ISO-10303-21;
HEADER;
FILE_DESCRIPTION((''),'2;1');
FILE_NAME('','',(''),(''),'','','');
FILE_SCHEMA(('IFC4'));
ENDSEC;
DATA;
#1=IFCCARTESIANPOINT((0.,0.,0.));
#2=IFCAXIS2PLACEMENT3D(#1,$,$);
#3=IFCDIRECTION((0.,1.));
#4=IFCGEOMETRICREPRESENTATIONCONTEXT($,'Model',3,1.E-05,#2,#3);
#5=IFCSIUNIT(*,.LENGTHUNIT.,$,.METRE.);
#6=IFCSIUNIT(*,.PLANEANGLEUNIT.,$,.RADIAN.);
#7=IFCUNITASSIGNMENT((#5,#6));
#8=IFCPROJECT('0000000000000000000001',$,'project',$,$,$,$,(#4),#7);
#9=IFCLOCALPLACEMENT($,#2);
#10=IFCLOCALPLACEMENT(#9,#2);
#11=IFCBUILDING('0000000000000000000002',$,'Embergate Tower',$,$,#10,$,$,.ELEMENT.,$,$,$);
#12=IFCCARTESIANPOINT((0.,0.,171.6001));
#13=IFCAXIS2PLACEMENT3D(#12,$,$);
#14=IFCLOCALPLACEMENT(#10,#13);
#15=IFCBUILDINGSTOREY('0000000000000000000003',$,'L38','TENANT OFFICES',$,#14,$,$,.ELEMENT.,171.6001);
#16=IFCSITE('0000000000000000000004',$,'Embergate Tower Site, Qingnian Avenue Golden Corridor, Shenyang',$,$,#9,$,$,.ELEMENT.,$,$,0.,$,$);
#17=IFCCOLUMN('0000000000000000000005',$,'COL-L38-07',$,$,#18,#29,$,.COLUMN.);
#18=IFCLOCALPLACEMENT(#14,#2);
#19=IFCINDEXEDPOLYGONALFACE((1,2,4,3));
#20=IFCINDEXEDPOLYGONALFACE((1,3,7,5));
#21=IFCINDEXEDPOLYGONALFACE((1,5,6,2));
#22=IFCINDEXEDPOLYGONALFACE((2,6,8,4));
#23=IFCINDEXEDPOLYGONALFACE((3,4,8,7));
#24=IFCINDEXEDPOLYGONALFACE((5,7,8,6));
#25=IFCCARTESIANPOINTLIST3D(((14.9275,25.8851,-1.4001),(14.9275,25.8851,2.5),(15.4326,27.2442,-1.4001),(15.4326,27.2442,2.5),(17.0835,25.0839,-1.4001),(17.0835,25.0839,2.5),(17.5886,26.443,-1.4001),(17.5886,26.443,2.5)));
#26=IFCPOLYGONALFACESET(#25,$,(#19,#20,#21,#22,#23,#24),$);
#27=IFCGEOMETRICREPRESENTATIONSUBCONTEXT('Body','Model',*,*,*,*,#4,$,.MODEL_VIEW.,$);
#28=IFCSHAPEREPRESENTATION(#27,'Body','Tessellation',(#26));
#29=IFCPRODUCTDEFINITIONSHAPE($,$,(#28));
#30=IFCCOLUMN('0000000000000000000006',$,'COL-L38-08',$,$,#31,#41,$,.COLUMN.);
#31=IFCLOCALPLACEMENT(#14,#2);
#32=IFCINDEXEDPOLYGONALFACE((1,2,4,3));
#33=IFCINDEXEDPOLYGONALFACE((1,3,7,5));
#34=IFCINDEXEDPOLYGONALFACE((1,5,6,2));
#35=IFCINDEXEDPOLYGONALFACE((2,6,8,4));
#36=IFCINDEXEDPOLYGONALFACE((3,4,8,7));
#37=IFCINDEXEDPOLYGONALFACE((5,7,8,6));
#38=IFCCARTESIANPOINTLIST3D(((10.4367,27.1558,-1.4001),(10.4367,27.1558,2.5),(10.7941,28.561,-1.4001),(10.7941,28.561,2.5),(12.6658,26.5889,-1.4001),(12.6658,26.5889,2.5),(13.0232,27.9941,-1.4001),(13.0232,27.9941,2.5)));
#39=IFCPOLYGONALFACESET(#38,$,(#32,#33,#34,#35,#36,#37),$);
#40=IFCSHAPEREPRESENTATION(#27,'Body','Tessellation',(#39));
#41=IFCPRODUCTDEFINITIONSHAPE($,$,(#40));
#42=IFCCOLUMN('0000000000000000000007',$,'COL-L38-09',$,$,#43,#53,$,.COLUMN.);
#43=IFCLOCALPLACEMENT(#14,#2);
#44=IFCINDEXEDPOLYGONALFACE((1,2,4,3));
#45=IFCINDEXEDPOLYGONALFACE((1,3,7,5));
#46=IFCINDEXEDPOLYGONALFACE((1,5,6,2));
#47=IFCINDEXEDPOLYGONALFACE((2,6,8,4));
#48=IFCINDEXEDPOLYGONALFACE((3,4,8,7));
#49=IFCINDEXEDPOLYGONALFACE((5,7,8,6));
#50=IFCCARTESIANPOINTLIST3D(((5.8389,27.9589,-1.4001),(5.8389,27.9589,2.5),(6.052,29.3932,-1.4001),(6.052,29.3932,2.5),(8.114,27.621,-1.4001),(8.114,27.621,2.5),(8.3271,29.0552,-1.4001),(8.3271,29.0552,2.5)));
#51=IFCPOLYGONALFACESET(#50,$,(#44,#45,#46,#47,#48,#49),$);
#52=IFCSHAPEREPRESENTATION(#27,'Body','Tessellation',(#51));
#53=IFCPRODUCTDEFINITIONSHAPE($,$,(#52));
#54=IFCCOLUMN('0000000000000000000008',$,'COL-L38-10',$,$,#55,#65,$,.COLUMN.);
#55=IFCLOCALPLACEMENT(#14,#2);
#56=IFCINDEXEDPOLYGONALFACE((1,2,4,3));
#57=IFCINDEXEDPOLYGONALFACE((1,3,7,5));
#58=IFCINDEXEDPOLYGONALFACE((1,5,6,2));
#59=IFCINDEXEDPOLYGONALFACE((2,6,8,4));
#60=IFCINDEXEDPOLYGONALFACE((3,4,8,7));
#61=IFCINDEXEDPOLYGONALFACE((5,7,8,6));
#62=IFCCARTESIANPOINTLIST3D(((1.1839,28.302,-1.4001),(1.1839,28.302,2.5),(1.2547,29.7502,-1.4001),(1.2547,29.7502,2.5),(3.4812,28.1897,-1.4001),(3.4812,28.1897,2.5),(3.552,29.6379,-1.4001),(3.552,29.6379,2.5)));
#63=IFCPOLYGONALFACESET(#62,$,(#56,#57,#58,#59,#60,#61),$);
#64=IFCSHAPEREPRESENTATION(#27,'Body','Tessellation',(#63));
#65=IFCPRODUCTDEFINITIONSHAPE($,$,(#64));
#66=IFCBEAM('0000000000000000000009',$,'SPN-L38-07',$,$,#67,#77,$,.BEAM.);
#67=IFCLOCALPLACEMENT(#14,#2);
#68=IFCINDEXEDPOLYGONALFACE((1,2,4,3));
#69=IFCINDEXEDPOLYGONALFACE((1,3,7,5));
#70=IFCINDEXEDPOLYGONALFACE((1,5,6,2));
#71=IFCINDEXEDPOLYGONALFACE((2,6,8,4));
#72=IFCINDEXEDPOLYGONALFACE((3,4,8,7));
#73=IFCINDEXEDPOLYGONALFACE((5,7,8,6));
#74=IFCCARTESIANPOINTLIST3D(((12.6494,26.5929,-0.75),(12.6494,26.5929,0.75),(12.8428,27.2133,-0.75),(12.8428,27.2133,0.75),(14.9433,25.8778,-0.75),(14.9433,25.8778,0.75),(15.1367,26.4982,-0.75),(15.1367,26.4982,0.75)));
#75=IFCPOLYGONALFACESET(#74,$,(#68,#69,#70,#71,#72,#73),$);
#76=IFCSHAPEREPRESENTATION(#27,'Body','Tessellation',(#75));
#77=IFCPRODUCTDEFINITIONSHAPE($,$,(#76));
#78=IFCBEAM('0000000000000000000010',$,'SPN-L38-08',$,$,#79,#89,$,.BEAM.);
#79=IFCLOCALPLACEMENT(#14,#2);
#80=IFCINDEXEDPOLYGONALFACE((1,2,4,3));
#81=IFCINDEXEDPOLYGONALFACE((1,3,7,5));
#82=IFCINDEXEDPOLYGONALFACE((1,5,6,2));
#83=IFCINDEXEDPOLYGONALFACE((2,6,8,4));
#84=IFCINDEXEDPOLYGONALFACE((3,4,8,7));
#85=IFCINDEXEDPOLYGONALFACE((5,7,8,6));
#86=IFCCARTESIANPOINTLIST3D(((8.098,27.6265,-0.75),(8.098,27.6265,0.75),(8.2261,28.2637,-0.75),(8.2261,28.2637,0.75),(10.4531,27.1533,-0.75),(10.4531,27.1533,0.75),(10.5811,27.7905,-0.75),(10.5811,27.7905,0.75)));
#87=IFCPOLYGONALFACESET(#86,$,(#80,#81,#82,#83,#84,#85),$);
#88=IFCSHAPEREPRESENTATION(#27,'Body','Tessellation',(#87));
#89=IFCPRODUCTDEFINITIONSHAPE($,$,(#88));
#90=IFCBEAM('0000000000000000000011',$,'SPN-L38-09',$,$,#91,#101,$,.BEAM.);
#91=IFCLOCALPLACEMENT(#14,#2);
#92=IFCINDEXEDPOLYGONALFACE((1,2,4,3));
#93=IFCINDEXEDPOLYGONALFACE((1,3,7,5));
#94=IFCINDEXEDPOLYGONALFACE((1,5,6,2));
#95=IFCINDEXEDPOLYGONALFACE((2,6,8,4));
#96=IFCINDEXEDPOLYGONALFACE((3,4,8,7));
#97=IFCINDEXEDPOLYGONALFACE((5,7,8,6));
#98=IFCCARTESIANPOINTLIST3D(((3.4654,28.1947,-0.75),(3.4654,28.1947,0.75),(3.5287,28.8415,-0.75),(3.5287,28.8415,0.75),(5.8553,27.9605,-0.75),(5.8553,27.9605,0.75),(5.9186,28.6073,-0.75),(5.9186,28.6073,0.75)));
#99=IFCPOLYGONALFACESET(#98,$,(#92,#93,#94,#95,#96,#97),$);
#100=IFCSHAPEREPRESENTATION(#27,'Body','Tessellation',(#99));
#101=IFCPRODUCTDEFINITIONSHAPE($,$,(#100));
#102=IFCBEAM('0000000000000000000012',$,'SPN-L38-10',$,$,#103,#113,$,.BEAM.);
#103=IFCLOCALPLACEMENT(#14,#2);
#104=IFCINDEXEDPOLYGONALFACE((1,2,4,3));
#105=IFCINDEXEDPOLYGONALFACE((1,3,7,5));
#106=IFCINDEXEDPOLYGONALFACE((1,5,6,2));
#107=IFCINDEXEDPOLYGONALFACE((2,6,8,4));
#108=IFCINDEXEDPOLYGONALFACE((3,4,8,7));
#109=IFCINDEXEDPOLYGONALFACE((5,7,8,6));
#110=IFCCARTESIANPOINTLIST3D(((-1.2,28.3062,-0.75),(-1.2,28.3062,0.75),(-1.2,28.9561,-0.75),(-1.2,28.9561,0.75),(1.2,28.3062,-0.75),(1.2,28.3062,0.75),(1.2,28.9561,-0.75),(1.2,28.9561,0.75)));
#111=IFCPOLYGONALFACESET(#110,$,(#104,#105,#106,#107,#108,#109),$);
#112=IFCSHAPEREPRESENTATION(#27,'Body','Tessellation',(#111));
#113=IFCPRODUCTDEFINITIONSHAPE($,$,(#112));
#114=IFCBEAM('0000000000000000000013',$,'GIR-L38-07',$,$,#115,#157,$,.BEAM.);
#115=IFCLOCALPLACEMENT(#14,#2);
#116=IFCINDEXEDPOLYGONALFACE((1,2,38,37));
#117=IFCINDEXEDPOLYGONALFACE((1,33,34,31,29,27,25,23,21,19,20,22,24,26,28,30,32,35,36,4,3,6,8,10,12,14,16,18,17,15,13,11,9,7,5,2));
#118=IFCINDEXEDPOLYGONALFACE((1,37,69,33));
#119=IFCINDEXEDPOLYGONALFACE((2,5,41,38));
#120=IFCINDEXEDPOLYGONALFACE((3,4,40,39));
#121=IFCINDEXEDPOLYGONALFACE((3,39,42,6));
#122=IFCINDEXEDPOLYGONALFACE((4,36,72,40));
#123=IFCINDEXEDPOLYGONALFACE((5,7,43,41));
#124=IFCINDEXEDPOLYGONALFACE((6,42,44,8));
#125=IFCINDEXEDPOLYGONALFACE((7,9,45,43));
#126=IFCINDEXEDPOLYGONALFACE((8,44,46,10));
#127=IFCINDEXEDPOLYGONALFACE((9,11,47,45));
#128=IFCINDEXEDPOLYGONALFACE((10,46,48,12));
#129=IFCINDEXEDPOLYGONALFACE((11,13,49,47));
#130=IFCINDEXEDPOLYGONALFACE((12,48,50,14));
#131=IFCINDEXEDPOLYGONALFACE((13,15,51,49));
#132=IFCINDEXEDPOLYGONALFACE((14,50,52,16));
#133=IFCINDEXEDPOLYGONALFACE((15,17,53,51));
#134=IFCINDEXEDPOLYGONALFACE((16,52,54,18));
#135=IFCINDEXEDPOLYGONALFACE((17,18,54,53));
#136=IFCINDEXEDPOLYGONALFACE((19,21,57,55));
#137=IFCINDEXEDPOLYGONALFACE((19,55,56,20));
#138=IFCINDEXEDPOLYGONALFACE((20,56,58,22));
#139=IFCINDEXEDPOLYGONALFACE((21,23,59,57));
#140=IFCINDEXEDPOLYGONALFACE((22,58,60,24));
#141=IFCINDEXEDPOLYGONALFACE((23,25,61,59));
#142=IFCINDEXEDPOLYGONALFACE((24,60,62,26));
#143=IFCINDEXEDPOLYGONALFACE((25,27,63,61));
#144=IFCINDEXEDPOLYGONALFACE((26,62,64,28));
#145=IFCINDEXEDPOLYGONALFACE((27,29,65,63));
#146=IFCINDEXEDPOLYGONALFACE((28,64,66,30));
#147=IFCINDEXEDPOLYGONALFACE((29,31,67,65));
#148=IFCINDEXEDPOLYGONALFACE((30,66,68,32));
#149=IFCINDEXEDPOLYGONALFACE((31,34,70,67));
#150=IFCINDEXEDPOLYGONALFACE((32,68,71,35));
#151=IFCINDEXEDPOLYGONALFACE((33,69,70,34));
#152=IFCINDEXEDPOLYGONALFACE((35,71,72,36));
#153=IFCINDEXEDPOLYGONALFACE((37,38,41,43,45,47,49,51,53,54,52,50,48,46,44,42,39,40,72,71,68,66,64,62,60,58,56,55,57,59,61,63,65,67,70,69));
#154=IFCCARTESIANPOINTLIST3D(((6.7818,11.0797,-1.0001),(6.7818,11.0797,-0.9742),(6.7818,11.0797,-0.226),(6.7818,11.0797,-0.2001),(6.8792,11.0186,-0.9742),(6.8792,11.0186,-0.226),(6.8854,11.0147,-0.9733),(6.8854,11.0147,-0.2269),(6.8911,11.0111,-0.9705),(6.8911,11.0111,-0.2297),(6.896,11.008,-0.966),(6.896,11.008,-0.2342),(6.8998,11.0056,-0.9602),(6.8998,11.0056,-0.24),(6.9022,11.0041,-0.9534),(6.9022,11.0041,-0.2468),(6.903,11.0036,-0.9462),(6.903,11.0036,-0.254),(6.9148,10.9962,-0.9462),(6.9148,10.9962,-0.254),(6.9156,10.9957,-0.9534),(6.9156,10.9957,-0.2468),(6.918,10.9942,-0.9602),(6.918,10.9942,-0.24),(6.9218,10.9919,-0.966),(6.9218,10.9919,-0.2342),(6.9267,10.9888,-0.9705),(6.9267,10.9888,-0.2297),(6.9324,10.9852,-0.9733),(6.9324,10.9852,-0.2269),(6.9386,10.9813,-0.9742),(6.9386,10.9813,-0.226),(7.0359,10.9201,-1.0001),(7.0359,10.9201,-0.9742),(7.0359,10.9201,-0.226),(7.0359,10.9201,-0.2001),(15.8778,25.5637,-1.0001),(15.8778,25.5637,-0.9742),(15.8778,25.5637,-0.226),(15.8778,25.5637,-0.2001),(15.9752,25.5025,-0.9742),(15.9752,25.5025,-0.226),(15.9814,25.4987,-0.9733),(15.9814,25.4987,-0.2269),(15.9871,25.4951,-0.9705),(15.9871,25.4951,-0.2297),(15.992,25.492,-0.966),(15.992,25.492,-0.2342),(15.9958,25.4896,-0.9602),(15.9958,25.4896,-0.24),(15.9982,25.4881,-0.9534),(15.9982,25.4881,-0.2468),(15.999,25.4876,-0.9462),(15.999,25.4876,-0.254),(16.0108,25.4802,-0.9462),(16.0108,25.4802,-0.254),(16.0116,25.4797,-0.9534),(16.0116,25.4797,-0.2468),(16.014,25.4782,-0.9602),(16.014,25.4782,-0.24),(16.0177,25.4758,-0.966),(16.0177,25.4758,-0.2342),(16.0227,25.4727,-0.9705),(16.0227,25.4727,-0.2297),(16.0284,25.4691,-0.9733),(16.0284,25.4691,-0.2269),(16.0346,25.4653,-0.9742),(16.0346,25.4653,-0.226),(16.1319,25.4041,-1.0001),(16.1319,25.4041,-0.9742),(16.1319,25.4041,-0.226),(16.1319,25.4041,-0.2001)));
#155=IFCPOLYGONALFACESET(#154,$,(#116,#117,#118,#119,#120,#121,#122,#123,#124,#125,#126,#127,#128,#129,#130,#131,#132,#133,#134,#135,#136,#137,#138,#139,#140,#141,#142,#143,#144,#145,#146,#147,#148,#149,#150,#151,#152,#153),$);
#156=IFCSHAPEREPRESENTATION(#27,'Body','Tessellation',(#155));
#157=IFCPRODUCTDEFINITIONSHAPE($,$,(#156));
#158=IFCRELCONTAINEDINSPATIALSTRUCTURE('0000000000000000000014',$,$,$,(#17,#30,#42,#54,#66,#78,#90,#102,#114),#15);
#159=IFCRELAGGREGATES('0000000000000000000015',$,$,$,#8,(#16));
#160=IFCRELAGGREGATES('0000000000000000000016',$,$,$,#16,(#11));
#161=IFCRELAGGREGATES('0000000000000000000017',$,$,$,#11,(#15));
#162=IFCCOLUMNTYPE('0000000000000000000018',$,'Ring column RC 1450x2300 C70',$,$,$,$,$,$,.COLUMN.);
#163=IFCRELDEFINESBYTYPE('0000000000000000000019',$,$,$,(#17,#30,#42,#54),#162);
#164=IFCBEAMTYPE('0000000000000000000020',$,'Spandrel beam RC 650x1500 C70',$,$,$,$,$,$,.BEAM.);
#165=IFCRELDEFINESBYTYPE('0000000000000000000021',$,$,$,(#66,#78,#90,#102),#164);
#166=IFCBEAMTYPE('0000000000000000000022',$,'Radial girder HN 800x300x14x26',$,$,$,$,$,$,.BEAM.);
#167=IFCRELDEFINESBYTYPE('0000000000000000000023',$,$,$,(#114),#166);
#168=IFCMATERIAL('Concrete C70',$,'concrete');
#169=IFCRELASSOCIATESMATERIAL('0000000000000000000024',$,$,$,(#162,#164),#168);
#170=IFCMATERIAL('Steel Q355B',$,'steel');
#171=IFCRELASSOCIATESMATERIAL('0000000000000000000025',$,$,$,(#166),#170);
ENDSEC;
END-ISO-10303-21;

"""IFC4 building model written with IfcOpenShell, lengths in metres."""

from ifc_helpers import new_model, si_unit, direction, frame, origin, origin_2d, place, context, subcontext, project, spatial, rectangle, i_section, extrude, source, transform, mapped, material, material_profile, profile_set, type_object, element, save


model = new_model("IFC4")

# Units and contexts
model_context = context("Model", 3, precision=1e-05, world=origin(), true_north=direction((0.0, 1.0)))
body_context = subcontext(model_context, "Body", "Model", "MODEL_VIEW")
ifc_project = project(units=[si_unit("LENGTHUNIT", "METRE"), si_unit("PLANEANGLEUNIT", "RADIAN")], contexts=[model_context])

# Site, building, storey
site_placement = place(None, origin())
site = spatial("IfcSite", under=ifc_project, at=site_placement, Name="Embergate Tower Site, Qingnian Avenue Golden Corridor, Shenyang", CompositionType="ELEMENT", RefElevation=0.0)
building_placement = place(site_placement, origin())
building = spatial("IfcBuilding", under=site, at=building_placement, Name="Embergate Tower", CompositionType="ELEMENT")
storey_placement = place(building_placement, frame((0.0, 0.0, 171.6001)))
storey = spatial("IfcBuildingStorey", under=building, at=storey_placement, Name="L38", Description="TENANT OFFICES", CompositionType="ELEMENT", Elevation=171.6001)

# Columns
ifc_material_1 = material(Name="Concrete C70", Category="concrete")
ifc_material_profile_1 = material_profile(ifc_material_1, rectangle(XDim=1.45, YDim=2.3, at=origin_2d()), Name="RC 1450x2300")
ifc_profile_set_1 = profile_set([ifc_material_profile_1], Name="Concrete C70")
column_type = type_object("IfcColumnType", Name="Ring column RC 1450x2300 C70", PredefinedType="COLUMN", material=ifc_profile_set_1)
shared_shape_1 = source(origin(), body_context, "Body", "SweptSolid", [
    extrude(rectangle(XDim=1.45, YDim=2.3, at=origin_2d()), origin(), (0.0, 0.0, 1.0), 3.9001),
])
for number, where, z_axis, x_axis, name in (
    (1, (16.2581, 26.1641, -1.4001), (0.0, 0.0, 1.0), (0.348343, 0.937367, 0.0), "COL-L38-07"),
    (2, (11.73, 27.575, -1.4001), (0.0, 0.0, 1.0), (0.246492, 0.969145, 0.0), "COL-L38-08"),
    (3, (7.083, 28.5071, -1.4001), (0.0, 0.0, 1.0), (0.146929, 0.989147, 0.0), "COL-L38-09"),
    (4, (2.3679, 28.97, -1.4001), (0.0, 0.0, 1.0), (0.048815, 0.998808, 0.0), "COL-L38-10"),
):
    element("IfcColumn", number, at=place(storey_placement, frame(where, z_axis=z_axis, x_axis=x_axis)), inside=storey, type_object=column_type, Name=name, PredefinedType="COLUMN", context=body_context, shape_type="MappedRepresentation", body=[
        mapped(shared_shape_1, transform((0.0, 0.0, 0.0))),
    ])

# Beams
ifc_material_profile_2 = material_profile(ifc_material_1, rectangle(XDim=0.6499, YDim=1.5, at=origin_2d()), Name="RC 650x1500")
ifc_profile_set_2 = profile_set([ifc_material_profile_2], Name="Concrete C70")
beam_type_1 = type_object("IfcBeamType", Name="Spandrel beam RC 650x1500 C70", PredefinedType="BEAM", material=ifc_profile_set_2)
shared_shape_2 = source(origin(), body_context, "Body", "SweptSolid", [
    extrude(rectangle(XDim=0.6499, YDim=1.5, at=origin_2d()), origin(), (0.0, 0.0, 1.0), 2.4028),
])
beam_1_placement = place(storey_placement, frame((15.04, 26.188, 0.0), z_axis=(-0.954689, 0.297604, 0.0), x_axis=(-0.297604, -0.954689, 0.0)))
element("IfcBeam", 5, at=beam_1_placement, inside=storey, type_object=beam_type_1, Name="SPN-L38-07", PredefinedType="BEAM", context=body_context, shape_type="MappedRepresentation", body=[
    mapped(shared_shape_2, transform((0.0, 0.0, 0.0))),
])
shared_shape_3 = source(origin(), body_context, "Body", "SweptSolid", [
    extrude(rectangle(XDim=0.6499, YDim=1.5, at=origin_2d()), origin(), (0.0, 0.0, 1.0), 2.4021),
])
beam_2_placement = place(storey_placement, frame((10.5171, 27.4719, 0.0), z_axis=(-0.980408, 0.196976, 0.0), x_axis=(-0.196976, -0.980408, 0.0)))
element("IfcBeam", 6, at=beam_2_placement, inside=storey, type_object=beam_type_1, Name="SPN-L38-08", PredefinedType="BEAM", context=body_context, shape_type="MappedRepresentation", body=[
    mapped(shared_shape_3, transform((0.0, 0.0, 0.0))),
])
shared_shape_4 = source(origin(), body_context, "Body", "SweptSolid", [
    extrude(rectangle(XDim=0.6499, YDim=1.5, at=origin_2d()), origin(), (0.0, 0.0, 1.0), 2.4014),
])
beam_3_placement = place(storey_placement, frame((5.887, 28.2839, 0.0), z_axis=(-0.995235, 0.0975, 0.0), x_axis=(-0.0975, -0.995235, 0.0)))
element("IfcBeam", 7, at=beam_3_placement, inside=storey, type_object=beam_type_1, Name="SPN-L38-09", PredefinedType="BEAM", context=body_context, shape_type="MappedRepresentation", body=[
    mapped(shared_shape_4, transform((0.0, 0.0, 0.0))),
])
shared_shape_5 = source(origin(), body_context, "Body", "SweptSolid", [
    extrude(rectangle(XDim=0.6499, YDim=1.5, at=origin_2d()), origin(), (0.0, 0.0, 1.0), 2.3999),
])
beam_4_placement = place(storey_placement, frame((1.2, 28.6311, 0.0), z_axis=(-1.0, 0.0, 0.0), x_axis=(0.0, -1.0, 0.0)))
element("IfcBeam", 8, at=beam_4_placement, inside=storey, type_object=beam_type_1, Name="SPN-L38-10", PredefinedType="BEAM", context=body_context, shape_type="MappedRepresentation", body=[
    mapped(shared_shape_5, transform((0.0, 0.0, 0.0))),
])
ifc_material_2 = material(Name="Steel Q355B", Category="steel")
ifc_material_profile_3 = material_profile(ifc_material_2, i_section(OverallWidth=0.3, OverallDepth=0.8, WebThickness=0.0139, FlangeThickness=0.0259, FilletRadius=0.0281, at=origin_2d()), Name="HN 800x300x14x26")
ifc_profile_set_3 = profile_set([ifc_material_profile_3], Name="Steel Q355 grade B")
beam_type_2 = type_object("IfcBeamType", Name="Radial girder HN 800x300x14x26", PredefinedType="BEAM", material=ifc_profile_set_3)
shared_shape_6 = source(origin(), body_context, "Body", "SweptSolid", [
    extrude(i_section(OverallWidth=0.3, OverallDepth=0.8, WebThickness=0.0139, FlangeThickness=0.0259, FilletRadius=0.0281, at=origin_2d()), origin(), (0.0, 0.0, 1.0), 17.1033),
])
beam_5_placement = place(storey_placement, frame((16.0049, 25.4839, -0.6001), z_axis=(-0.531827, -0.846853, 0.0), x_axis=(0.846853, -0.531827, 0.0)))
element("IfcBeam", 9, at=beam_5_placement, inside=storey, type_object=beam_type_2, Name="GIR-L38-07", PredefinedType="BEAM", context=body_context, shape_type="MappedRepresentation", body=[
    mapped(shared_shape_6, transform((0.0, 0.0, 0.0))),
])

save(model, "model.ifc")
